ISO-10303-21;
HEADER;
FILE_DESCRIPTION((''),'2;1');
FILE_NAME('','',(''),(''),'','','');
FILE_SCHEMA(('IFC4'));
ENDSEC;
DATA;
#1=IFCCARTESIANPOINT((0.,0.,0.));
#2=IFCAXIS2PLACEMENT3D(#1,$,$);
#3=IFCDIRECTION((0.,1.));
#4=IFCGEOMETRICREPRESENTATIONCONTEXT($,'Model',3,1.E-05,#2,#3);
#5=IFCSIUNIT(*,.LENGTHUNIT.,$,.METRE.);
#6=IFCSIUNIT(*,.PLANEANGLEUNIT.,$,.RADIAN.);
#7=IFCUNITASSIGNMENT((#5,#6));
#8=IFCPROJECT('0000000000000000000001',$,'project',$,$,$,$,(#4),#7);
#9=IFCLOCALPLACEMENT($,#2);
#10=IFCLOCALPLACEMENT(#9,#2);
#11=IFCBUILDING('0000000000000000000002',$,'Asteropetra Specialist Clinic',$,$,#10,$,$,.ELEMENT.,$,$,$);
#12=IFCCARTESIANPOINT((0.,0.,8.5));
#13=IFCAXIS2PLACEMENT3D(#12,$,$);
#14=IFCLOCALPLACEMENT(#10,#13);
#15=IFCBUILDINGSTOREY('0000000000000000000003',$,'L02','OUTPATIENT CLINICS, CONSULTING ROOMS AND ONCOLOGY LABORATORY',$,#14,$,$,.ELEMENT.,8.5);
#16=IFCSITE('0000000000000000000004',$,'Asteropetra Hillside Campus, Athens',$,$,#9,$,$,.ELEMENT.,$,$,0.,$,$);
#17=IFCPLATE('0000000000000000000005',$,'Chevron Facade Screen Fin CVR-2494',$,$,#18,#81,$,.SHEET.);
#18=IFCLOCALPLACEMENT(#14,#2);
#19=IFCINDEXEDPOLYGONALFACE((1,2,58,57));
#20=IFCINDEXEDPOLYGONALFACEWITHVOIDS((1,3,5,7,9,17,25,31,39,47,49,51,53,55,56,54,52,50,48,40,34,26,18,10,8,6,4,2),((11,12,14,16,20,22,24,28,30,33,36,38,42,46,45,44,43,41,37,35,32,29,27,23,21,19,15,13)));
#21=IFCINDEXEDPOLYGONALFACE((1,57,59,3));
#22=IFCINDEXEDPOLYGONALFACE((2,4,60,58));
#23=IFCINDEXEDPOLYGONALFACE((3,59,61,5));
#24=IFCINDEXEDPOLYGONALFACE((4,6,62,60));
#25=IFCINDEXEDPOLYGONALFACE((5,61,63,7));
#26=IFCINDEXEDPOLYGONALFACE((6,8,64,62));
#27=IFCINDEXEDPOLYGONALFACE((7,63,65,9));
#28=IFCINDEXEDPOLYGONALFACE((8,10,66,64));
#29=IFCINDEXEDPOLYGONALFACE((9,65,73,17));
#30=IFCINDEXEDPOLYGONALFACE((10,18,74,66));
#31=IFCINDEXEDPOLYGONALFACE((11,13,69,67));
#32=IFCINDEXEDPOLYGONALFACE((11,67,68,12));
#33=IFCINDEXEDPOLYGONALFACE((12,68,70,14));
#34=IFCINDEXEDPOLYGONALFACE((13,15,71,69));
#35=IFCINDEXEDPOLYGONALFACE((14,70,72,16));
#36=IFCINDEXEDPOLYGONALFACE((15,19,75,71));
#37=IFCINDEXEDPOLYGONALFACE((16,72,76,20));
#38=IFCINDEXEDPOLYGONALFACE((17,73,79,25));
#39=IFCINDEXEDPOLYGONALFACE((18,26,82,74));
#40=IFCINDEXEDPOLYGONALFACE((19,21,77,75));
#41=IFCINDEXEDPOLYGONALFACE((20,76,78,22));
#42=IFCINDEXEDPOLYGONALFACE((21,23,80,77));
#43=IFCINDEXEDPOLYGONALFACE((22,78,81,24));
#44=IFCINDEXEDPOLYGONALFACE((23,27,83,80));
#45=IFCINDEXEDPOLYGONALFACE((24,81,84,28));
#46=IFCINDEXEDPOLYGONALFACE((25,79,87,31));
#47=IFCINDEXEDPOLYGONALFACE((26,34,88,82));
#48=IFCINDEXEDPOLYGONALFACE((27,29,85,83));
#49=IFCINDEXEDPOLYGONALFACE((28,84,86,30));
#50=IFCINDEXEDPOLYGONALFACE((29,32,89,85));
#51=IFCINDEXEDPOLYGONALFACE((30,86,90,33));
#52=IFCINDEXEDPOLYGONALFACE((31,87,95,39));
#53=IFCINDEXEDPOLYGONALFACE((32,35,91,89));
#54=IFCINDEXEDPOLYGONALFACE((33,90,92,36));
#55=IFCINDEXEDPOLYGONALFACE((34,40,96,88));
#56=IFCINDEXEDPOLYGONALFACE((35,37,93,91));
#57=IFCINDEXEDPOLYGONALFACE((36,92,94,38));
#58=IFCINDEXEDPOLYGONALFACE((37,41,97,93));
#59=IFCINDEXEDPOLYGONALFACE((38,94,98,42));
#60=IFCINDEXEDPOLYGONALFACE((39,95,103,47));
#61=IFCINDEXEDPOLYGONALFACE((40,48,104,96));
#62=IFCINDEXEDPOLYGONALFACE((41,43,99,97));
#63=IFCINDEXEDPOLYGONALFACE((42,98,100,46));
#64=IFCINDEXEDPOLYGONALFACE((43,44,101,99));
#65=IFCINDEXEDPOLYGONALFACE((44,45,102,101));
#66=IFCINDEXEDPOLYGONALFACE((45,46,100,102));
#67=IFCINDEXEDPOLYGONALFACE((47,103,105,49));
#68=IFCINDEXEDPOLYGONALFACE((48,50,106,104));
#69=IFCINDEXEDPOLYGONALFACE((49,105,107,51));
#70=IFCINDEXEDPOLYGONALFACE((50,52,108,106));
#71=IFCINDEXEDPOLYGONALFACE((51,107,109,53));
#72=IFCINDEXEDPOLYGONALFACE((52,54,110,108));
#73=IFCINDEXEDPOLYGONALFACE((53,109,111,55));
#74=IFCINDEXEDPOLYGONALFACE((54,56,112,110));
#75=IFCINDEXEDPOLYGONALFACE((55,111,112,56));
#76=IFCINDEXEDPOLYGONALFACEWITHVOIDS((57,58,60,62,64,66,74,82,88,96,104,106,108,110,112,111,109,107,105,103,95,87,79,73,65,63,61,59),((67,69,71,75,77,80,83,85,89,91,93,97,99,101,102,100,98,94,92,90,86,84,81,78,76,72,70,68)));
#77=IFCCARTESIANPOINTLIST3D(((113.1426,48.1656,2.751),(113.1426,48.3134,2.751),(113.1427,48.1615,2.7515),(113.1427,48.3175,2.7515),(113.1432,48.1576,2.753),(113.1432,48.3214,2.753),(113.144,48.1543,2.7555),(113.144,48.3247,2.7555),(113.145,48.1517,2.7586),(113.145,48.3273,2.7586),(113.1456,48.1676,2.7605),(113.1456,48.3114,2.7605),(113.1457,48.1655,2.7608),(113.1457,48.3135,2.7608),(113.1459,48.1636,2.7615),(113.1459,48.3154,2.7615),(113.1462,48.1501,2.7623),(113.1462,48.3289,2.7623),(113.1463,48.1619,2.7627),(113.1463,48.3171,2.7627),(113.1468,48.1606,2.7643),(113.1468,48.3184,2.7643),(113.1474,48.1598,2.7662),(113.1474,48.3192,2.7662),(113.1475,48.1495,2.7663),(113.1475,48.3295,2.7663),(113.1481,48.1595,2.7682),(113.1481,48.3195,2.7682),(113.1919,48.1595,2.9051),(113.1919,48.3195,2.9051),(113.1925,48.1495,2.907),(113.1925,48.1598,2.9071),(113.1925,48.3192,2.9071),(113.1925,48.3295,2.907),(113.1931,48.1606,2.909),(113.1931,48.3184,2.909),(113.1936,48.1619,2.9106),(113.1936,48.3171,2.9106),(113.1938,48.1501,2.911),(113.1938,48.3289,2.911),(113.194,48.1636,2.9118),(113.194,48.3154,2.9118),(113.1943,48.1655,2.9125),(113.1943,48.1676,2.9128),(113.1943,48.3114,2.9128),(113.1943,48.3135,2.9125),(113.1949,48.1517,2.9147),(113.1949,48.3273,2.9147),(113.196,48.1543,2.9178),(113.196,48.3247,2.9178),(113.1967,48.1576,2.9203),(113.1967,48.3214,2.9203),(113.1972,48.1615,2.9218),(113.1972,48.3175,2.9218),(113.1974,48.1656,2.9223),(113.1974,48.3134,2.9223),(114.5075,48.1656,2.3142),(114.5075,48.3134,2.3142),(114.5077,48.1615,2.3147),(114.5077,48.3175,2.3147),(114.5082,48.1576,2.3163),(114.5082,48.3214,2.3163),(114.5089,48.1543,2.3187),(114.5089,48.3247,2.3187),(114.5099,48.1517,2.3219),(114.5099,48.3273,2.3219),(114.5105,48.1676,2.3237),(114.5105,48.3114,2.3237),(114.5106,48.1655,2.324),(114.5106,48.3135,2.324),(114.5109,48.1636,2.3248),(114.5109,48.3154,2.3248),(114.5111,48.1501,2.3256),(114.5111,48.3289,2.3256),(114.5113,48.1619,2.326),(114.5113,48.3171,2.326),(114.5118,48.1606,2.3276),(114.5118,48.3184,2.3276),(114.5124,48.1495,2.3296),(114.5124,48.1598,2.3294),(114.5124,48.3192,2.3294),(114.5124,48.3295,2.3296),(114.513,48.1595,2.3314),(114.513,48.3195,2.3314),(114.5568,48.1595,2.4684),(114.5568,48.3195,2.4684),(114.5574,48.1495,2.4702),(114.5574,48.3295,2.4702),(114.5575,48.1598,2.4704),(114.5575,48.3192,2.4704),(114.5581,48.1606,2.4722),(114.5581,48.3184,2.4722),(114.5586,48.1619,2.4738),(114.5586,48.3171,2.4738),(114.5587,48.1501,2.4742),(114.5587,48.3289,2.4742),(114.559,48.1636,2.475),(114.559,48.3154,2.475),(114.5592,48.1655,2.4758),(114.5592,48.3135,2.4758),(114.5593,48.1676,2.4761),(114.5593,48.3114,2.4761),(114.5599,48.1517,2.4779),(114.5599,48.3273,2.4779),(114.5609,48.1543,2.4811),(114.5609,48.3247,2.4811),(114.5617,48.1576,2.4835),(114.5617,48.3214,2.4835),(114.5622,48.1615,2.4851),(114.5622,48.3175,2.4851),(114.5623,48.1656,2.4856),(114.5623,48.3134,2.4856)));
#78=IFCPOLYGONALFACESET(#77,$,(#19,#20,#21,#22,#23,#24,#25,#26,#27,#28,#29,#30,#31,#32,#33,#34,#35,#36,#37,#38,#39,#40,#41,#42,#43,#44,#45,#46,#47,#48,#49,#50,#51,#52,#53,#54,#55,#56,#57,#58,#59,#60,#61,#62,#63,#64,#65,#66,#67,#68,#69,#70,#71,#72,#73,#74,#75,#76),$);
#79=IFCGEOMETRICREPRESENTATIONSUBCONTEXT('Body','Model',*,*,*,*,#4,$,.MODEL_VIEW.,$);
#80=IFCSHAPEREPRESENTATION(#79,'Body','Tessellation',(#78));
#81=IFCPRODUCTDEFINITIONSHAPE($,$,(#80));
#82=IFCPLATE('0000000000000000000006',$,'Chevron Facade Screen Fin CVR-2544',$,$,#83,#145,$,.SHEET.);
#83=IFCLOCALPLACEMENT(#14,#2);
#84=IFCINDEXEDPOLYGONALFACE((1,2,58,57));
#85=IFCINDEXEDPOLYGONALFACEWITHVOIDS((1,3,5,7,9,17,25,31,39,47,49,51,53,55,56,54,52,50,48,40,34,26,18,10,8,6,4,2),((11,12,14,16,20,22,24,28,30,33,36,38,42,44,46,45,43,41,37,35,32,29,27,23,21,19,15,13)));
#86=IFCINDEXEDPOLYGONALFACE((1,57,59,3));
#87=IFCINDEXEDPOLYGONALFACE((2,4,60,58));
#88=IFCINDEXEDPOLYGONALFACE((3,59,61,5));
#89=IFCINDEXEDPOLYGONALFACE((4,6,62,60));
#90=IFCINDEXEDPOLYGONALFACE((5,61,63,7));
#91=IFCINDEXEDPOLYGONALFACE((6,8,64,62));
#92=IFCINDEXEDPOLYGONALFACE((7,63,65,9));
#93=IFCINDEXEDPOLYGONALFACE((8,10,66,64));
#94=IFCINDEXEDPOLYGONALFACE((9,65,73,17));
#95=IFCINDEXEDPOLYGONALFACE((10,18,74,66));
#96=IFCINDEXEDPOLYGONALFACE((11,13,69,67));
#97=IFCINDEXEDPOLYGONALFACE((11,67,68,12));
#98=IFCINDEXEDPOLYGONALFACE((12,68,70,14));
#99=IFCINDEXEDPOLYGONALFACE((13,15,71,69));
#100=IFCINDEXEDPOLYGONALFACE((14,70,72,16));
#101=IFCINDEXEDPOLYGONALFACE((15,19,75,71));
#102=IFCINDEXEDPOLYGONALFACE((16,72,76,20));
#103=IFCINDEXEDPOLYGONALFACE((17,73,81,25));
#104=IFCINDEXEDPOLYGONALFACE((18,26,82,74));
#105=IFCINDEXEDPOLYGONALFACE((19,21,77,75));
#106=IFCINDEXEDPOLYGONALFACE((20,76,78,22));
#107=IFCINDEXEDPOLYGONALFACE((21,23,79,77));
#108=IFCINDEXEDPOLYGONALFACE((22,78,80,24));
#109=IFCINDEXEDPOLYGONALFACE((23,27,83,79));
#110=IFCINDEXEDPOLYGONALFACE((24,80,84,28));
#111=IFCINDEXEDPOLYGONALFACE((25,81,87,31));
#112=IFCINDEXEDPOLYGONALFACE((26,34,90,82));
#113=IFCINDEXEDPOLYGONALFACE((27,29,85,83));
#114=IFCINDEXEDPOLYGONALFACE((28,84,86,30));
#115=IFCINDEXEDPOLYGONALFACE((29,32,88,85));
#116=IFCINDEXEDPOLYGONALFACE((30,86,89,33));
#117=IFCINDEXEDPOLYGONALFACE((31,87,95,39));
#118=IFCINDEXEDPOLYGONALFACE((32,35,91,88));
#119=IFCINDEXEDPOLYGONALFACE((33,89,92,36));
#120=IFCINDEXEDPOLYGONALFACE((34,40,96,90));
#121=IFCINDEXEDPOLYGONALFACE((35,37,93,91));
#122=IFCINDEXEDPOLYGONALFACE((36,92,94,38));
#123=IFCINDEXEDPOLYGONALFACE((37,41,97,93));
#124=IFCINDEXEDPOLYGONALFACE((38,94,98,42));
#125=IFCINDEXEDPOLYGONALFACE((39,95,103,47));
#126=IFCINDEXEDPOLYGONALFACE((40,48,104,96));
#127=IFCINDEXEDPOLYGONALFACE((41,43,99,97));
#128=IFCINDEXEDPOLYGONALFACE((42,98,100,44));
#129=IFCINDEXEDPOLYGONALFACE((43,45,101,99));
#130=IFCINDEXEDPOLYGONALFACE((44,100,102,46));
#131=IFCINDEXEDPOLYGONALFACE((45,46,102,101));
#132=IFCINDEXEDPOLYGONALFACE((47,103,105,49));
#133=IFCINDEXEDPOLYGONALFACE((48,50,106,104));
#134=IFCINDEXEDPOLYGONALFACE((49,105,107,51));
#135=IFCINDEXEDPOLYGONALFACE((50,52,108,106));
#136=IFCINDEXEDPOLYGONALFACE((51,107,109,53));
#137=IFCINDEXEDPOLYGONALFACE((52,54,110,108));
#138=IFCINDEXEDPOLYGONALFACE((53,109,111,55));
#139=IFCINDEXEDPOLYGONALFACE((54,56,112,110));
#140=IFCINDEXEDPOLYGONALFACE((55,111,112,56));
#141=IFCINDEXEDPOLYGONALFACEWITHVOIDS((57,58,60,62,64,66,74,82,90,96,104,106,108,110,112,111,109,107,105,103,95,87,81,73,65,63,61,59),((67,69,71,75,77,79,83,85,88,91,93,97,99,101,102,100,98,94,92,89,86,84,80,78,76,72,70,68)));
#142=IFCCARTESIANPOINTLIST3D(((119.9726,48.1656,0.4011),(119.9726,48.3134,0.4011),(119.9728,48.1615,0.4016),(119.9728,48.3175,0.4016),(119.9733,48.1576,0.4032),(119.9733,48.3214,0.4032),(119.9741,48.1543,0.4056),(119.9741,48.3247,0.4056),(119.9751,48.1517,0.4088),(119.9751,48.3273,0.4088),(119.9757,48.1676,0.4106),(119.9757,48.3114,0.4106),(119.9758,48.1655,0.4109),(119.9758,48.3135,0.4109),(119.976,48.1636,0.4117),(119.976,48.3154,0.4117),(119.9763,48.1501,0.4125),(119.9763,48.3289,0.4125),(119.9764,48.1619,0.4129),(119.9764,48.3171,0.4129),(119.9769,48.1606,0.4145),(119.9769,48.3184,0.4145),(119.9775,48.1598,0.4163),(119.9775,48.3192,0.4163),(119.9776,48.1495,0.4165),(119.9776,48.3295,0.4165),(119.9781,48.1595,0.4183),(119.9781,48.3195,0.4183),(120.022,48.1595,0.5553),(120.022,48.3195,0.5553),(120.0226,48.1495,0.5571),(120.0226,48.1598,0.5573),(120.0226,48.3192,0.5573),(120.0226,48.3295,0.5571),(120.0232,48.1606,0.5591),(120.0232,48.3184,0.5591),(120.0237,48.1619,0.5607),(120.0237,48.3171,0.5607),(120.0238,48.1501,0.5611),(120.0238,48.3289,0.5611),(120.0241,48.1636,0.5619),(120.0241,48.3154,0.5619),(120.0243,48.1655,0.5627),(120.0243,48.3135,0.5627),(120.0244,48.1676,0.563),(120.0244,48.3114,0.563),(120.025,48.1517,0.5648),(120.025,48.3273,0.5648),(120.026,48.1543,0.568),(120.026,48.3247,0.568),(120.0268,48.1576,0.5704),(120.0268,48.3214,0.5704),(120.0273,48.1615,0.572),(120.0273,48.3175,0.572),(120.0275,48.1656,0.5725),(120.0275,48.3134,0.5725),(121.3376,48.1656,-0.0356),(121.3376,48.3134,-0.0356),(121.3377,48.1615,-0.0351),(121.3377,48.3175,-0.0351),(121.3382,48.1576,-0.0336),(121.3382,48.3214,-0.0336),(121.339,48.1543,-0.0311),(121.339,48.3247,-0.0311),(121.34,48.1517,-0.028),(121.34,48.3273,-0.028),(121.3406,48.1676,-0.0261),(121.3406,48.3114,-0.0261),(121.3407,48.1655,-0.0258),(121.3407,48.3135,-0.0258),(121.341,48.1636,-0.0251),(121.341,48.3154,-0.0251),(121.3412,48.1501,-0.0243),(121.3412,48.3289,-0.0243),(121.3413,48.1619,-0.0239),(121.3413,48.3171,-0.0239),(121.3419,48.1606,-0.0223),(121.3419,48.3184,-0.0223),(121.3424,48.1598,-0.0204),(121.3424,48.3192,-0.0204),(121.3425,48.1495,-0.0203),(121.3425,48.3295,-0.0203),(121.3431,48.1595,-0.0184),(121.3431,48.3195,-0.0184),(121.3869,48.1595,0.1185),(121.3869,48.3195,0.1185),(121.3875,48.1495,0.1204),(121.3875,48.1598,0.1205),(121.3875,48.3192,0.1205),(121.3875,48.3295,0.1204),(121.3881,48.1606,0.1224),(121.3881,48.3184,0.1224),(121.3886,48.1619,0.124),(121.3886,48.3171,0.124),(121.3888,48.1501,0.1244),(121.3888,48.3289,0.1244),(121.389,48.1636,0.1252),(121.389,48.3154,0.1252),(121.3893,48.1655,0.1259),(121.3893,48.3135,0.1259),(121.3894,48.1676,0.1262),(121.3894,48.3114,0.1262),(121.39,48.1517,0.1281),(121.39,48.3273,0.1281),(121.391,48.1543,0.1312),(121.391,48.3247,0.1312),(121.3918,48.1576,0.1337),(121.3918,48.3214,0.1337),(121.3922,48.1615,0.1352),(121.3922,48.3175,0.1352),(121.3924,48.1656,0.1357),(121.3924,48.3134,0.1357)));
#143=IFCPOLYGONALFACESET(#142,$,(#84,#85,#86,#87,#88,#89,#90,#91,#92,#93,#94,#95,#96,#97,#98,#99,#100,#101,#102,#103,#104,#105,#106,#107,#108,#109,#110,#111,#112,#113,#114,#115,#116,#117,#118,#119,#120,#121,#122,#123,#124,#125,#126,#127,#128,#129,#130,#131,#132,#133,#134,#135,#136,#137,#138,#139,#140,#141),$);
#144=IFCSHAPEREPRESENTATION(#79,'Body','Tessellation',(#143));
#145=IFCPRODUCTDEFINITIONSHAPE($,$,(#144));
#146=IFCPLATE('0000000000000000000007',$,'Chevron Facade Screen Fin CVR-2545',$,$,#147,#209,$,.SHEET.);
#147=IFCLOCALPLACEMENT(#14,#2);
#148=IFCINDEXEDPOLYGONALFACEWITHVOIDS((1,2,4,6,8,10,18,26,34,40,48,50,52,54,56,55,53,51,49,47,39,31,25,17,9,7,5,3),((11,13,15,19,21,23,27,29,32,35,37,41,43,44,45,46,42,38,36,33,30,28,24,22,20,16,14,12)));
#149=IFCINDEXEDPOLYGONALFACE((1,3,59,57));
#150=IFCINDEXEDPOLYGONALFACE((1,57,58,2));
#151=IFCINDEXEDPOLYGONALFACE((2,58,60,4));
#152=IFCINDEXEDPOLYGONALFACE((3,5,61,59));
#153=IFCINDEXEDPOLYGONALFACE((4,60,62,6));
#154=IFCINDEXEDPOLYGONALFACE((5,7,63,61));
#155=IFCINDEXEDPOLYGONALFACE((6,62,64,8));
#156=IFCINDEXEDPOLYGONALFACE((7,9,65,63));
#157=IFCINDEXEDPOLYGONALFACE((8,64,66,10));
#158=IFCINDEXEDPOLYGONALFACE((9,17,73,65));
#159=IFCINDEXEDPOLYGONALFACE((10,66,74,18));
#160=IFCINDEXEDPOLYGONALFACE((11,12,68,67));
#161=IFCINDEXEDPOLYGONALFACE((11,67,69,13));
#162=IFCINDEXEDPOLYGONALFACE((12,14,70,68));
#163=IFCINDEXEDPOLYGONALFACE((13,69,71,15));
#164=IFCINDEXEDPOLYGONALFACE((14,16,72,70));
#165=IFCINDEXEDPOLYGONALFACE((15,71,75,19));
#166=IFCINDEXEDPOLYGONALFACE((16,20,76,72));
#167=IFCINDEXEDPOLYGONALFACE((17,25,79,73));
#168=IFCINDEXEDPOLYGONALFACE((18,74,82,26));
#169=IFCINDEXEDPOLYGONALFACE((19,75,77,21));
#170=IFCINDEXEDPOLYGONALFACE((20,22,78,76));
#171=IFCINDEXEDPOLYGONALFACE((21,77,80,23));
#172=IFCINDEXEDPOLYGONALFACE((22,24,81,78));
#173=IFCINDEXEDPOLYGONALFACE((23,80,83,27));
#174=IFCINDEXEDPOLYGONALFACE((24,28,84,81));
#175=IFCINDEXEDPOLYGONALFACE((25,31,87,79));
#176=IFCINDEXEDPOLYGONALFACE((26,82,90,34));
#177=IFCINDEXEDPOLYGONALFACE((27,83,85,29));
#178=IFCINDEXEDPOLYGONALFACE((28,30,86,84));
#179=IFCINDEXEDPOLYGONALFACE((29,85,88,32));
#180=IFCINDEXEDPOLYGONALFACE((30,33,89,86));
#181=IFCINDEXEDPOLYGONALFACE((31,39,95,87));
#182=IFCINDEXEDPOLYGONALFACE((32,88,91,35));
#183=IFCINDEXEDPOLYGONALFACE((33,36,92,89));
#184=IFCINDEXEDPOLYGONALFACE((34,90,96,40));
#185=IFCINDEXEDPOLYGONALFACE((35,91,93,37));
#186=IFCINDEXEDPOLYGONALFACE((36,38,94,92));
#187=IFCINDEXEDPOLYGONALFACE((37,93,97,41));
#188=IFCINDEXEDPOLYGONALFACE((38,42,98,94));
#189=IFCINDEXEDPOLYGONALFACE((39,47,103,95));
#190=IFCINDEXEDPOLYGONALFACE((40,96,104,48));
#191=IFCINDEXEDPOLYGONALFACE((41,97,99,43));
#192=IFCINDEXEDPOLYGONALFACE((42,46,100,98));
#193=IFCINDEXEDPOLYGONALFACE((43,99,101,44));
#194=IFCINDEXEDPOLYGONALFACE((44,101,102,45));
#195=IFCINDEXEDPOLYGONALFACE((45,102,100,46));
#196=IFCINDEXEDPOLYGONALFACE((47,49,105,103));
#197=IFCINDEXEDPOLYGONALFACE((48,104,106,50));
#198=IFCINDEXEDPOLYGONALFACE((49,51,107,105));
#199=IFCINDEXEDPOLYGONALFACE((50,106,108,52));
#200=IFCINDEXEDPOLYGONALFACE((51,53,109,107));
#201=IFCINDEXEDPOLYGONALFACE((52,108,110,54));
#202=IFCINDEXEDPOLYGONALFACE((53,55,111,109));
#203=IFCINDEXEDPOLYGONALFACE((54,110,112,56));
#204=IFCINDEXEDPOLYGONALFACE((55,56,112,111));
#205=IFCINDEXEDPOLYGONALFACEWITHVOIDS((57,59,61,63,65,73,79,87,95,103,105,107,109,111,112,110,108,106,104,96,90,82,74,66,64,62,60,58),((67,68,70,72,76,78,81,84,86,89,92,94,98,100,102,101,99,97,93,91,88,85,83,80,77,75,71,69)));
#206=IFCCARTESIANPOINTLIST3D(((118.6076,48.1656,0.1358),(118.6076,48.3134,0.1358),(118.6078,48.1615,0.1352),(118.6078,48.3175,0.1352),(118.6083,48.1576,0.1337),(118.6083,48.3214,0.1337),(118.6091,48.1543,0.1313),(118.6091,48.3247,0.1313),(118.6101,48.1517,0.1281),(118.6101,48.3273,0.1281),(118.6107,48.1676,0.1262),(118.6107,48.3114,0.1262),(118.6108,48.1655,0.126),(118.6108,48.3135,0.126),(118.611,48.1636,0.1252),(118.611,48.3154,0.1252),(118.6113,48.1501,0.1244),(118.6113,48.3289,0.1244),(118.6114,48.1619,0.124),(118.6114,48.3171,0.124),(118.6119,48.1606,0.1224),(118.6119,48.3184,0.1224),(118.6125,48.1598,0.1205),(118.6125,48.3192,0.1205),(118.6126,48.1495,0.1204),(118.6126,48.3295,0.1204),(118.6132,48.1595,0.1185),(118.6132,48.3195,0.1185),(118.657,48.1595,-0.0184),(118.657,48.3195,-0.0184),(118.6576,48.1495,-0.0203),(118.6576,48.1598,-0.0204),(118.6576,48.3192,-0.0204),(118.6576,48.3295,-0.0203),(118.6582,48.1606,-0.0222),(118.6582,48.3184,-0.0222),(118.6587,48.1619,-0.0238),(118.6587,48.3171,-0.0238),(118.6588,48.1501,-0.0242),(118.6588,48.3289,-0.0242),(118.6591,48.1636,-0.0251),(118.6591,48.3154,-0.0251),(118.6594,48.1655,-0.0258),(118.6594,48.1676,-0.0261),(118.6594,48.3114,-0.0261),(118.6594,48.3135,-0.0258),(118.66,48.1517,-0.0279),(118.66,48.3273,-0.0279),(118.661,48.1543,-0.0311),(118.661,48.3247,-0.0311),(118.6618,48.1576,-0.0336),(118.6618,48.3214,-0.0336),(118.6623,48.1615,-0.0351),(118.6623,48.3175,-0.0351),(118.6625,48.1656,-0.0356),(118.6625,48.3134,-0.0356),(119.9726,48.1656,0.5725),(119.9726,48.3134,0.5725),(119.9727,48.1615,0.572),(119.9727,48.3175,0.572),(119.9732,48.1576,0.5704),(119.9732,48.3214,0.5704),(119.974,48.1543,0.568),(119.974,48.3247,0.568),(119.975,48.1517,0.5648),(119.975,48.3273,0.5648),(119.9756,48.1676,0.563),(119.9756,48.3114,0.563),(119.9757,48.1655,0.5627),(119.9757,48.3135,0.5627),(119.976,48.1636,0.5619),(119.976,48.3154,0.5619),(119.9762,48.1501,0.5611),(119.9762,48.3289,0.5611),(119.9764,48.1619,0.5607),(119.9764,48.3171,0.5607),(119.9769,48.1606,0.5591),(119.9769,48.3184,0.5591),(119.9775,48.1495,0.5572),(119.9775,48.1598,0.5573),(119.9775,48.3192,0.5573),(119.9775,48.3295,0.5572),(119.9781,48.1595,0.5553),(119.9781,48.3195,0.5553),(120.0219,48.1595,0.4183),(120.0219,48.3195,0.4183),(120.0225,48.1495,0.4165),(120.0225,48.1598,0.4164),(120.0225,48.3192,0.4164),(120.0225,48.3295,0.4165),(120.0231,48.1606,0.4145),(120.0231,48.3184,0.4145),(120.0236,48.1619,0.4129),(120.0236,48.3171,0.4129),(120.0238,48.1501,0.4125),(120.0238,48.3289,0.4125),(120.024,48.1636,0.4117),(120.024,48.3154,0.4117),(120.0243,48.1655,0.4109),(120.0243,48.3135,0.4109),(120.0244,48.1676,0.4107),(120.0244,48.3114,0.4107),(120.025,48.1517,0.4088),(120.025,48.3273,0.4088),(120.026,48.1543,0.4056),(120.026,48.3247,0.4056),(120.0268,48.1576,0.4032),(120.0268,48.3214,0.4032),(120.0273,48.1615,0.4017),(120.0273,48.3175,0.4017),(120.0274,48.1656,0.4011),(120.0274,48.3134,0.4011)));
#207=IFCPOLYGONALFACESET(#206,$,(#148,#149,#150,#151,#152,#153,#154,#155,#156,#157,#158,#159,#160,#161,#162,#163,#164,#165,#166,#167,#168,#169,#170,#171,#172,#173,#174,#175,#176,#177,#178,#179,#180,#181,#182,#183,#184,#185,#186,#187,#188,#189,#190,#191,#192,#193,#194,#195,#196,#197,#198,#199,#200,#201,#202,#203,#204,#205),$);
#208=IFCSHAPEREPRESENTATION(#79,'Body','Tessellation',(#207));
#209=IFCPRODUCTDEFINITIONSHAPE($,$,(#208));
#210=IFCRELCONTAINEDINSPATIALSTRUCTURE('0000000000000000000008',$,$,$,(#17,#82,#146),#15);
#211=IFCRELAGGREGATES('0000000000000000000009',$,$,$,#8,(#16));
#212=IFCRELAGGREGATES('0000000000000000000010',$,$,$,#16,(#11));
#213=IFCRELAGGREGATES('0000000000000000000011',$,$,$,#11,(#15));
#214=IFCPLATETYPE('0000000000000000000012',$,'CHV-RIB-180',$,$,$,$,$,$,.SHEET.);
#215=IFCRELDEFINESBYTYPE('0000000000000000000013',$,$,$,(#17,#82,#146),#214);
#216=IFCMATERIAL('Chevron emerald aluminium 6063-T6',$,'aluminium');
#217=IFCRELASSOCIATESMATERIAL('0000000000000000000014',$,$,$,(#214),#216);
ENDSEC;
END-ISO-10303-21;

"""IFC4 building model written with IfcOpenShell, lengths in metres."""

from ifc_helpers import new_model, si_unit, direction, frame, origin, origin_2d, place, context, subcontext, project, spatial, hollow_rectangle, extrude, material, material_profile, profile_set, type_object, element, save


model = new_model("IFC4")

# Units and contexts
model_context = context("Model", 3, precision=1e-05, world=origin(), true_north=direction((0.0, 1.0)))
body_context = subcontext(model_context, "Body", "Model", "MODEL_VIEW")
ifc_project = project(units=[si_unit("LENGTHUNIT", "METRE"), si_unit("PLANEANGLEUNIT", "RADIAN")], contexts=[model_context])

# Site, building, storey
site_placement = place(None, origin())
site = spatial("IfcSite", under=ifc_project, at=site_placement, Name="Asteropetra Hillside Campus, Athens", CompositionType="ELEMENT", RefElevation=0.0)
building_placement = place(site_placement, origin())
building = spatial("IfcBuilding", under=site, at=building_placement, Name="Asteropetra Specialist Clinic", CompositionType="ELEMENT")
storey_placement = place(building_placement, frame((0.0, 0.0, 8.5)))
storey = spatial("IfcBuildingStorey", under=building, at=storey_placement, Name="L02", Description="OUTPATIENT CLINICS, CONSULTING ROOMS AND ONCOLOGY LABORATORY", CompositionType="ELEMENT", Elevation=8.5)

# Plates
ifc_material_1 = material(Name="Chevron emerald aluminium 6063-T6", Category="aluminium")
ifc_material_profile_1 = material_profile(ifc_material_1, hollow_rectangle(XDim=0.1799, YDim=0.1799, WallThickness=0.01, InnerFilletRadius=0.0081, OuterFilletRadius=0.0161, at=origin_2d()), Name="SHS 180x180x10.0")
ifc_profile_set_1 = profile_set([ifc_material_profile_1], Name="Chevron emerald aluminium 6063-T6")
plate_type = type_object("IfcPlateType", Name="CHV-RIB-180", PredefinedType="SHEET", material=ifc_profile_set_1)
for number, where, z_axis, x_axis, name in (
    (1, (114.5349, 48.2395, 2.3999), (-0.95243, 0.0, 0.304757), (0.0, -1.0, 0.0), "Chevron Facade Screen Fin CVR-2494"),
    (2, (121.365, 48.2395, 0.05), (-0.95243, 0.0, 0.304757), (0.0, -1.0, 0.0), "Chevron Facade Screen Fin CVR-2544"),
    (3, (120.0, 48.2395, 0.4868), (-0.95243, 0.0, -0.304757), (0.0, -1.0, 0.0), "Chevron Facade Screen Fin CVR-2545"),
):
    element("IfcPlate", number, at=place(storey_placement, frame(where, z_axis=z_axis, x_axis=x_axis)), inside=storey, type_object=plate_type, Name=name, PredefinedType="SHEET", context=body_context, shape_type="SweptSolid", body=[
        extrude(hollow_rectangle(XDim=0.1799, YDim=0.1799, WallThickness=0.01, InnerFilletRadius=0.0081, OuterFilletRadius=0.0161, at=origin_2d()), origin(), (0.0, 0.0, 1.0), 1.4331),
    ])

save(model, "model.ifc")
